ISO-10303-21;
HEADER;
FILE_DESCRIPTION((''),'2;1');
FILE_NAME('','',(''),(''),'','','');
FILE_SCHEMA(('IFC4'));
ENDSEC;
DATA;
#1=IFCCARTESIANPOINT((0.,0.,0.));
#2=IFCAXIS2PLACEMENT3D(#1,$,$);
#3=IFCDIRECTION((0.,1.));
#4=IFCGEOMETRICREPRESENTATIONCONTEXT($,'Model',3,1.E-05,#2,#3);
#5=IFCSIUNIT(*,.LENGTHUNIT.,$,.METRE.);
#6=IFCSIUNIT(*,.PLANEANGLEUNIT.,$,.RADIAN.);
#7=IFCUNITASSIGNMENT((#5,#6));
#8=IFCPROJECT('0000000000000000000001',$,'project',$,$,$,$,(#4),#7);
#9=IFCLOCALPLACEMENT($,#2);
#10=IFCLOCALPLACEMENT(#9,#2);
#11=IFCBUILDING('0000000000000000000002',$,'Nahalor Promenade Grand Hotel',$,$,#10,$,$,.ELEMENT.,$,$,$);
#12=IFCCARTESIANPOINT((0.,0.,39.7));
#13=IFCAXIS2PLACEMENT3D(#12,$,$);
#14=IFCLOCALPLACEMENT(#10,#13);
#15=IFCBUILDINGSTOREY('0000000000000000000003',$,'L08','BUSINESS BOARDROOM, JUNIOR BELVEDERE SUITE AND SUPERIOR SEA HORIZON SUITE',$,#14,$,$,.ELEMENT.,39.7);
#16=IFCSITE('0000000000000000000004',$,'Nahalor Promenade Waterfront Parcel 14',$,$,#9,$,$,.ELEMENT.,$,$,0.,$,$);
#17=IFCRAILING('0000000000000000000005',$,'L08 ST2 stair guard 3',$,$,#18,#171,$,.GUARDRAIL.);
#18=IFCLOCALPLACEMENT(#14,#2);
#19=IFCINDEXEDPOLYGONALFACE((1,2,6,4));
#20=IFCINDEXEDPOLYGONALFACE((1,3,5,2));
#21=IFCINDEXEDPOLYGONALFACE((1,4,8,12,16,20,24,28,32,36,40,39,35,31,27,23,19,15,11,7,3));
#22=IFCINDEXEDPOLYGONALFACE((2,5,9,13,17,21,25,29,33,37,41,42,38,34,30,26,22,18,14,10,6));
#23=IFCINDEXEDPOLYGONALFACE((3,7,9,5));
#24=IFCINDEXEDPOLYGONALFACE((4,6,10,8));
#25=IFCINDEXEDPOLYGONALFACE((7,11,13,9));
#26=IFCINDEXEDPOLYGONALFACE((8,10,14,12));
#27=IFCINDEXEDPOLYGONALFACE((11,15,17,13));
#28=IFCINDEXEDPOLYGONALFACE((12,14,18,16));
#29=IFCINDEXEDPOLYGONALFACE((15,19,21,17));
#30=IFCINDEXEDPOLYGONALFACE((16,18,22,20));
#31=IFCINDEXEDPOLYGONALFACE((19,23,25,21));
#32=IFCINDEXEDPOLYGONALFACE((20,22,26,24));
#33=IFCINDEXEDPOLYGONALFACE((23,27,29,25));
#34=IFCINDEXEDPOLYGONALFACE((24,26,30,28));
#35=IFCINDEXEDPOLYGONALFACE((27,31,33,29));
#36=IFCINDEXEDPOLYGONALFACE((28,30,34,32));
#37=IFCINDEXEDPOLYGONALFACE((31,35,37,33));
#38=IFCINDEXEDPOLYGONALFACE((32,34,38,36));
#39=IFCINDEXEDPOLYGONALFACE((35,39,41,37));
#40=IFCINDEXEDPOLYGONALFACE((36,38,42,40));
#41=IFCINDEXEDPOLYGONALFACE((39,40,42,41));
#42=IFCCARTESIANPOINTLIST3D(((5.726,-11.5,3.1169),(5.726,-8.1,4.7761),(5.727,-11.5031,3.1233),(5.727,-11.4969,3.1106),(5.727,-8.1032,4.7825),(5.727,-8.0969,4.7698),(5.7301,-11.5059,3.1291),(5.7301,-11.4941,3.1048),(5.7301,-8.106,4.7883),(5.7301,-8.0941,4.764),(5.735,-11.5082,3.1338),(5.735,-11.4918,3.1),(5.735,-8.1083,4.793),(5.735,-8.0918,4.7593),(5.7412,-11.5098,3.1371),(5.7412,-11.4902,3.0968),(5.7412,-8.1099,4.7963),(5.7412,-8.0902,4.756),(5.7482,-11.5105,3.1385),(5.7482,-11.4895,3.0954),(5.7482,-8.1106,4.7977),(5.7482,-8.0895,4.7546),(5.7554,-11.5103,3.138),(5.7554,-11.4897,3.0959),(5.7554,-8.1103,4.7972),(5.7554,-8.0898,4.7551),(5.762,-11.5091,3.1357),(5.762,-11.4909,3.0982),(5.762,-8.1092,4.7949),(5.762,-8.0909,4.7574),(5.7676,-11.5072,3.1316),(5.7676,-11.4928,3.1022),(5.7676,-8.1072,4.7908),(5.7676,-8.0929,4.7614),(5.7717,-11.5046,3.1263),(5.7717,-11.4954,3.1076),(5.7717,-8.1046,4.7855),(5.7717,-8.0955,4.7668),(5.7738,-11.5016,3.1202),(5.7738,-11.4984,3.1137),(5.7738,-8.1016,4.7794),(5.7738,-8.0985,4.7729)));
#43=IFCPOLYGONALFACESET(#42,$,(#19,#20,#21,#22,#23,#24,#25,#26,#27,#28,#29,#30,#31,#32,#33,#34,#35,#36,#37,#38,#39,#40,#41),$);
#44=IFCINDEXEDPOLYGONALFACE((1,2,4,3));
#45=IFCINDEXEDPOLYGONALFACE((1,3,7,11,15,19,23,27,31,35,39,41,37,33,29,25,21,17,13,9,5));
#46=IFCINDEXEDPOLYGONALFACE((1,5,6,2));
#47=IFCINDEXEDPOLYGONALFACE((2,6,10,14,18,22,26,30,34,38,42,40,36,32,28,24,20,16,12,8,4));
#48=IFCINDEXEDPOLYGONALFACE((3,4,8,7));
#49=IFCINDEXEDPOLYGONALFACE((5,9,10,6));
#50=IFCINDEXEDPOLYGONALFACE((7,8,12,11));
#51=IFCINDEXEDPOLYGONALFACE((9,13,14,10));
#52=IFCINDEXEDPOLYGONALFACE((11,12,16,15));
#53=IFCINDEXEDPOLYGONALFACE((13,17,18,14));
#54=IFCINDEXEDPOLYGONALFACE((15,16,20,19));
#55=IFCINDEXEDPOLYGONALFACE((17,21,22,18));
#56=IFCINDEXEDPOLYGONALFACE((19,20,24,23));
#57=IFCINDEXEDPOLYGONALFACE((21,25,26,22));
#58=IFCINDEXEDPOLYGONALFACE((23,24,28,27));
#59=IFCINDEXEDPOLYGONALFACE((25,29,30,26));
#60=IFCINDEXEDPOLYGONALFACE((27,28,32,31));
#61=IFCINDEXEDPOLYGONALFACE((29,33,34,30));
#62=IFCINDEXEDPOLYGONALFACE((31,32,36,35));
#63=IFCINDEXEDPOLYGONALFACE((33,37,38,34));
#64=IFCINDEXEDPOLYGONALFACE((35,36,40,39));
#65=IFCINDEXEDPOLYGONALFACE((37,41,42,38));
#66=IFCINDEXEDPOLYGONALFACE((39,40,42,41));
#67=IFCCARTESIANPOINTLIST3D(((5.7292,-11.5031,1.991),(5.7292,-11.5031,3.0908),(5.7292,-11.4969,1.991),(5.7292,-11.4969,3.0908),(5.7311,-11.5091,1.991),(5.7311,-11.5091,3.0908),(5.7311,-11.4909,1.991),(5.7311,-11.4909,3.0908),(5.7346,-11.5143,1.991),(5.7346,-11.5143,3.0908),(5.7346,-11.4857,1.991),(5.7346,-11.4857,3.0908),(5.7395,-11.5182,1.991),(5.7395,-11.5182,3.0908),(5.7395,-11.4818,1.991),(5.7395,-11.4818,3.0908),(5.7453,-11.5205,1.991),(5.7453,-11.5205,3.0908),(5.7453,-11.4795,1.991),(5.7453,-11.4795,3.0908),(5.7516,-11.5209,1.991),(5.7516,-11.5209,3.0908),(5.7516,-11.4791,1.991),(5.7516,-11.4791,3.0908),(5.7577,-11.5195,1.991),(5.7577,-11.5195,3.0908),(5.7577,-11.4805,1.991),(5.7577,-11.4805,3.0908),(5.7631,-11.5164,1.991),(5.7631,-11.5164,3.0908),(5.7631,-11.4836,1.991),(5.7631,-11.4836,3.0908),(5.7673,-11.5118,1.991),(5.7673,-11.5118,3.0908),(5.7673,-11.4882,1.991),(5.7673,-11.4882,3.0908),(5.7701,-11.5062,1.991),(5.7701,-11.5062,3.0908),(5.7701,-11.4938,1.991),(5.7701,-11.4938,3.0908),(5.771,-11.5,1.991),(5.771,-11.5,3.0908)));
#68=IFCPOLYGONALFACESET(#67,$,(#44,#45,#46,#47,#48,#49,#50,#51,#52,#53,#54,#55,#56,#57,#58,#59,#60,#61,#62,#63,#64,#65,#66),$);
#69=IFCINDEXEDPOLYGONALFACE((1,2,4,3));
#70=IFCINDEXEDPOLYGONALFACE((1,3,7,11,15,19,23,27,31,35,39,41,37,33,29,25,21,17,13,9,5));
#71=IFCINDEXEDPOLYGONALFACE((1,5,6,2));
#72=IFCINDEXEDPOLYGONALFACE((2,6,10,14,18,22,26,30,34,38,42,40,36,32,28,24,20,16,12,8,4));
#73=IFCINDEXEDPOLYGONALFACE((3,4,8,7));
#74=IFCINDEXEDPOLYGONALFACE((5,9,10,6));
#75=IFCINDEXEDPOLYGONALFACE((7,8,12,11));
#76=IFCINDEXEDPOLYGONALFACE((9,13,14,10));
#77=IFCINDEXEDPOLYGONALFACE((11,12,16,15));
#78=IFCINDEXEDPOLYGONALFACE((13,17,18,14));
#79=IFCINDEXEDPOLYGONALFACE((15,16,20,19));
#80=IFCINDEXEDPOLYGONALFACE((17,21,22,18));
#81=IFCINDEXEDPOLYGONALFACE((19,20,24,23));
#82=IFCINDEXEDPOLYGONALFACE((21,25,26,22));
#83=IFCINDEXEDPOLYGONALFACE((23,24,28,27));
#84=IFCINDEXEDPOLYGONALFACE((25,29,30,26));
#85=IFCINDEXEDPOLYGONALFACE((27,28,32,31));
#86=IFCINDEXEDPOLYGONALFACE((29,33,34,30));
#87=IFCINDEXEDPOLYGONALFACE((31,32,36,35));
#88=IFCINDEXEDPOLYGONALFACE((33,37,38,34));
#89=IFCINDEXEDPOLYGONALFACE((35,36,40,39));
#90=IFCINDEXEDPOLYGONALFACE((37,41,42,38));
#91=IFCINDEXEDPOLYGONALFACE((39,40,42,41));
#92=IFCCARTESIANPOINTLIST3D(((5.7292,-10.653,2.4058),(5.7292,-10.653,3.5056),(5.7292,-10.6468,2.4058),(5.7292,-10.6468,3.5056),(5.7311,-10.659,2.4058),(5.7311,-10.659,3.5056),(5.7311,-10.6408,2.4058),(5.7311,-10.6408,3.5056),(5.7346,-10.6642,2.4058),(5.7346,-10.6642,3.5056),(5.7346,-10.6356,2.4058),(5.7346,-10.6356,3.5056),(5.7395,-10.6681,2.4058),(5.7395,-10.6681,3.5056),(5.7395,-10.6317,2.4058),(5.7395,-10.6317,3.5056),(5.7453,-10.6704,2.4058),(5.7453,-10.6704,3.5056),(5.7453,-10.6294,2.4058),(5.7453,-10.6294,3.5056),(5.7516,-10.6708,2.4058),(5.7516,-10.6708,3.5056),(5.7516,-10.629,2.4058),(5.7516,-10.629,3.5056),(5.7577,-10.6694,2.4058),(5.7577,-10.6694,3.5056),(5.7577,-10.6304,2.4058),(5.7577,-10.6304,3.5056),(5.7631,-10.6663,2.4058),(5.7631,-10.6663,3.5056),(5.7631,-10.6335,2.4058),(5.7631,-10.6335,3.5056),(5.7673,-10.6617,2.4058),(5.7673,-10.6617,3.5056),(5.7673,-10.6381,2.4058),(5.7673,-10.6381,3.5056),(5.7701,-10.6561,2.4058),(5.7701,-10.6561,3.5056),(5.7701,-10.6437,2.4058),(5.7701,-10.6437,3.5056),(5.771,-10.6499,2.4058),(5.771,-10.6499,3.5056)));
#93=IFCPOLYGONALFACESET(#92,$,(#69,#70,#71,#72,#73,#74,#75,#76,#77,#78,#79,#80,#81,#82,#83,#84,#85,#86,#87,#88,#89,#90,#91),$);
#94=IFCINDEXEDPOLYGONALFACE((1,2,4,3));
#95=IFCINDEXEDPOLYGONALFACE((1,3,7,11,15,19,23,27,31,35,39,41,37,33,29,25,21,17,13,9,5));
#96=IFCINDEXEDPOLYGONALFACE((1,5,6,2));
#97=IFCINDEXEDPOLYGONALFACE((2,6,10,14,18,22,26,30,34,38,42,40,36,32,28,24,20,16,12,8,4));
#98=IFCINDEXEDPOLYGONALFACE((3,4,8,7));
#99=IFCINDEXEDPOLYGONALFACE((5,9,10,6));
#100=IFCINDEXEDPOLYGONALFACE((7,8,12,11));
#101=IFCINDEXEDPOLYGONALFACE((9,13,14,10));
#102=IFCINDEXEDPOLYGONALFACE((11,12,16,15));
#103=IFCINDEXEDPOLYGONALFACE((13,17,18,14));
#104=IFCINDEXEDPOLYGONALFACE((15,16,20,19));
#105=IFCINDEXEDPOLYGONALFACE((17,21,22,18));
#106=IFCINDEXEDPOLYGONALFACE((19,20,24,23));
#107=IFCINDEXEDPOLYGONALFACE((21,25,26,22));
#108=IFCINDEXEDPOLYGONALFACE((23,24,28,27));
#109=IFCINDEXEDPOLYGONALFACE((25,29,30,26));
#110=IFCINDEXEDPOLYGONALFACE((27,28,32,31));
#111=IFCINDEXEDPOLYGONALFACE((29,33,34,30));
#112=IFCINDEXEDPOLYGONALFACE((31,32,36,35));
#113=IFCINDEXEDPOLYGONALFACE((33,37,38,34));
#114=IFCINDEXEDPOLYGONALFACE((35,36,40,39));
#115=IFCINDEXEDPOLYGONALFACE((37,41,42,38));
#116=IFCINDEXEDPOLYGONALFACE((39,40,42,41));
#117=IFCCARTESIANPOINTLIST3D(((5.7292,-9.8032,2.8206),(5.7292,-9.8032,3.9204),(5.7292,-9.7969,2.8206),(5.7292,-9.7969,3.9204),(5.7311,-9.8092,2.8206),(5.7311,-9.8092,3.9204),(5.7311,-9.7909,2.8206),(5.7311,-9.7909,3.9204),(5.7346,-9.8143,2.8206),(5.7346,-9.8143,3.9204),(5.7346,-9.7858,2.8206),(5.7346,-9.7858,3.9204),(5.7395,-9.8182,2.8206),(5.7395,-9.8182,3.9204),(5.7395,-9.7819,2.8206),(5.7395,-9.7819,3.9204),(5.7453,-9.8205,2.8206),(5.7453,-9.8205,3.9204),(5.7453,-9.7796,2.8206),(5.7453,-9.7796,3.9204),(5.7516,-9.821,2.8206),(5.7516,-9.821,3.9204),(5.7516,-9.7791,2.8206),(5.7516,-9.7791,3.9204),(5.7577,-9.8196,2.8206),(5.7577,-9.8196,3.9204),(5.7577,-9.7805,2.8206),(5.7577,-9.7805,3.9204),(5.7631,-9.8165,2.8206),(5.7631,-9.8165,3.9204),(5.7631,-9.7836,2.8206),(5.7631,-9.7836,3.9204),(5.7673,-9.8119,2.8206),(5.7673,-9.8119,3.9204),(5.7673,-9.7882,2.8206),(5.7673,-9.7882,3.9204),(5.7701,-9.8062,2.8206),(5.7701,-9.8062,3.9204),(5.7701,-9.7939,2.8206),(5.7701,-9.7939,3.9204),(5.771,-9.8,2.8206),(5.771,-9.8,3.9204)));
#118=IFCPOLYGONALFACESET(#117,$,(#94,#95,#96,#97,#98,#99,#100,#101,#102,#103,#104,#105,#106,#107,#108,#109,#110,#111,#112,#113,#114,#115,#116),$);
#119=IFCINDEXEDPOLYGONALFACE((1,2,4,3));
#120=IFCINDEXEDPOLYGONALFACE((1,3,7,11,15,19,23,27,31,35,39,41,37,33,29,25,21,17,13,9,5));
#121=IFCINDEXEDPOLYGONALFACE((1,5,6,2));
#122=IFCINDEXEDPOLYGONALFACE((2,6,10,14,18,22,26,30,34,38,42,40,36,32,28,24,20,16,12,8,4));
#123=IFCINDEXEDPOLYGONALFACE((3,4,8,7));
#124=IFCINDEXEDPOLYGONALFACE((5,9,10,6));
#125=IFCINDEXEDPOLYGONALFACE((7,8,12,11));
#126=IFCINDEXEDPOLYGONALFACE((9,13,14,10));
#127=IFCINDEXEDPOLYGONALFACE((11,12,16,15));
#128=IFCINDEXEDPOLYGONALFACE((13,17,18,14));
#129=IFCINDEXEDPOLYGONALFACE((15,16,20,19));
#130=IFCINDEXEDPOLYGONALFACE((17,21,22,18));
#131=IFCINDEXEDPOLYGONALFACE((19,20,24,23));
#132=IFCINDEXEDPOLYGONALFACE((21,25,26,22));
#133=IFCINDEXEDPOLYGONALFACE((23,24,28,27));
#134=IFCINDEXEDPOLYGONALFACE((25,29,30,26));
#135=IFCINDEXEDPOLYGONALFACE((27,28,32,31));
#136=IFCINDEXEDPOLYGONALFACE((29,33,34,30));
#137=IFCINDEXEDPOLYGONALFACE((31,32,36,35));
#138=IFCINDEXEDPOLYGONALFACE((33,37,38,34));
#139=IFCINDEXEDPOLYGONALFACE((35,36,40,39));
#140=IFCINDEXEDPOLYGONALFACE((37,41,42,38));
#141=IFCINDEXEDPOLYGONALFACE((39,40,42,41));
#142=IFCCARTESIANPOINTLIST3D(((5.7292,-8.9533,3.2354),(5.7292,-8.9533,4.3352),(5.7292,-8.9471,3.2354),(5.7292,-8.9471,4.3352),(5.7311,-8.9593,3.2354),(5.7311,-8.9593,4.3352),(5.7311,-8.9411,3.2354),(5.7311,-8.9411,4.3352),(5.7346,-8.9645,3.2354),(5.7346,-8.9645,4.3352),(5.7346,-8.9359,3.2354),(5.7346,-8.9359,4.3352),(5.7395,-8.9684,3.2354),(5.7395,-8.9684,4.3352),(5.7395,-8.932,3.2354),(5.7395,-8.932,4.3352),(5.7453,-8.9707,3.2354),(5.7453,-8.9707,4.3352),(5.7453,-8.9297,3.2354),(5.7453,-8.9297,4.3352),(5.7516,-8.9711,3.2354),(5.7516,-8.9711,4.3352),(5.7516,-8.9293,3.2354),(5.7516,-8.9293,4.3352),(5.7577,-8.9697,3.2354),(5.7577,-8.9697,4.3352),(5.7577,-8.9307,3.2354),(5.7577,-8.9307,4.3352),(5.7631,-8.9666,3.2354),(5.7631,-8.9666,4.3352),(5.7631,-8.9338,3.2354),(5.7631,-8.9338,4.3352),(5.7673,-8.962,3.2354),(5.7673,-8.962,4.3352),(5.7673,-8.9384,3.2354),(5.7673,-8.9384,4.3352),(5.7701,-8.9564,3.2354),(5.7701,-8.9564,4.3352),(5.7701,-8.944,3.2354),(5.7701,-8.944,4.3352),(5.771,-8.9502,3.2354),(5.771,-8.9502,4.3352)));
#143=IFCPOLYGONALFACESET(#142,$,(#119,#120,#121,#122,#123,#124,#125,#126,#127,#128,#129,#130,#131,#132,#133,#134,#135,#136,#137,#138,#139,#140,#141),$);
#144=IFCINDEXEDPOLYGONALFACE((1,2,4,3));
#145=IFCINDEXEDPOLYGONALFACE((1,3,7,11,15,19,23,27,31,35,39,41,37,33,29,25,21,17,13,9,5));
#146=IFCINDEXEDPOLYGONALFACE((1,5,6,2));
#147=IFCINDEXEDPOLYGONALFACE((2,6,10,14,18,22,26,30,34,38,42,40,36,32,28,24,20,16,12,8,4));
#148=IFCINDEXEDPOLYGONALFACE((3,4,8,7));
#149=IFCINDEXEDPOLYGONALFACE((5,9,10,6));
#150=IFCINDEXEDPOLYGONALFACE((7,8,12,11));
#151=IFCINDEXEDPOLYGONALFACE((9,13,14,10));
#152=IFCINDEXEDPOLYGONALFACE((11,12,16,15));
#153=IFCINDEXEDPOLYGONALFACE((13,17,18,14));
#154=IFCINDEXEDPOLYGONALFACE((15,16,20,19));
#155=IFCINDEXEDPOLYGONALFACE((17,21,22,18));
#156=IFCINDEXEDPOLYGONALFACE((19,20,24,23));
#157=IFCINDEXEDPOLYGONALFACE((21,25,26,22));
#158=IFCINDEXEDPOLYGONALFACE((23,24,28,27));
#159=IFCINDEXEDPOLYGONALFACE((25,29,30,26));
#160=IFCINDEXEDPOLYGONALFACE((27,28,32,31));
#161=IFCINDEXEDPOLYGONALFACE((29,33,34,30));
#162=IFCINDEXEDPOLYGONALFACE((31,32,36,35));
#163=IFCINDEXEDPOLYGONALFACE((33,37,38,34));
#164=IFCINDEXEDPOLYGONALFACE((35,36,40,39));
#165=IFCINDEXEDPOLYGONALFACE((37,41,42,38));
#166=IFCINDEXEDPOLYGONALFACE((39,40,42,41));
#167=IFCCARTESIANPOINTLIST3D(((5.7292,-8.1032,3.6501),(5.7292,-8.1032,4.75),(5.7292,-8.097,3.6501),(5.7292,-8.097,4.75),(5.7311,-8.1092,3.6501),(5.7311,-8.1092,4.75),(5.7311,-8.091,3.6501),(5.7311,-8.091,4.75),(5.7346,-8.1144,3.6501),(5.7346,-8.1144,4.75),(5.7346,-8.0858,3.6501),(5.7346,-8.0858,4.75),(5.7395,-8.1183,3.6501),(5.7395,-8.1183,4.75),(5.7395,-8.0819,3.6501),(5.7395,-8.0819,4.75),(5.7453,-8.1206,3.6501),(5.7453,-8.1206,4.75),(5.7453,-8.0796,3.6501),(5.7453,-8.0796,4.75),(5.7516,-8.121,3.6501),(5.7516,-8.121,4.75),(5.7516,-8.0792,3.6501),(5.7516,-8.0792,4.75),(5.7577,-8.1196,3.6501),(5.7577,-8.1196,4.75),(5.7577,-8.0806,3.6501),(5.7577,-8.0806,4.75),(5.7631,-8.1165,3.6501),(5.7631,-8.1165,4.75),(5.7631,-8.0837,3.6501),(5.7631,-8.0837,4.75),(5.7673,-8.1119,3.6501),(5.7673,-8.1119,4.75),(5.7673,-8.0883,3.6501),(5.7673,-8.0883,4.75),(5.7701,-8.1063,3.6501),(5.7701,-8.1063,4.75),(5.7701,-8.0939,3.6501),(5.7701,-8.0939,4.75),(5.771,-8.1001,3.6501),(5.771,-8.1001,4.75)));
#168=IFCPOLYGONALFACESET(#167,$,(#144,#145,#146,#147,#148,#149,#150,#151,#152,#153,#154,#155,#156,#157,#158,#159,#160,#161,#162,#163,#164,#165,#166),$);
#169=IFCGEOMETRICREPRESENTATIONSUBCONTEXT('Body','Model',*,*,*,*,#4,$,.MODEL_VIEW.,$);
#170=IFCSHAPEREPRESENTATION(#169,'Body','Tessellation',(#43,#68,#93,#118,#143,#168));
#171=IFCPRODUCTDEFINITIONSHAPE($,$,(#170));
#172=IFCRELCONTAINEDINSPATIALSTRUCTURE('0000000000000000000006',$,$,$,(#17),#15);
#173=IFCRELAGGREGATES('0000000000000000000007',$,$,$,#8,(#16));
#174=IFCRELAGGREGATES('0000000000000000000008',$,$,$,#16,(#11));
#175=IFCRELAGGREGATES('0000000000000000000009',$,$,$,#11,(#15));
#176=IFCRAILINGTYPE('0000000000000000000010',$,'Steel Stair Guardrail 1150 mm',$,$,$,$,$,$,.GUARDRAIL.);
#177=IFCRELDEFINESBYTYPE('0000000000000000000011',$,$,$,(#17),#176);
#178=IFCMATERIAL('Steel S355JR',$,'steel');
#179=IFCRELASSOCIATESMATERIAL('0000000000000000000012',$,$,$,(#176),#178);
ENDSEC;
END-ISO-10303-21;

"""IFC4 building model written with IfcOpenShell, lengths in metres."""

from ifc_helpers import new_model, si_unit, direction, frame, origin, origin_2d, place, context, subcontext, project, spatial, circle, extrude, material, type_object, element, save


model = new_model("IFC4")

# Units and contexts
model_context = context("Model", 3, precision=1e-05, world=origin(), true_north=direction((0.0, 1.0)))
body_context = subcontext(model_context, "Body", "Model", "MODEL_VIEW")
ifc_project = project(units=[si_unit("LENGTHUNIT", "METRE"), si_unit("PLANEANGLEUNIT", "RADIAN")], contexts=[model_context])

# Site, building, storey
site_placement = place(None, origin())
site = spatial("IfcSite", under=ifc_project, at=site_placement, Name="Nahalor Promenade Waterfront Parcel 14", CompositionType="ELEMENT", RefElevation=0.0)
building_placement = place(site_placement, origin())
building = spatial("IfcBuilding", under=site, at=building_placement, Name="Nahalor Promenade Grand Hotel", CompositionType="ELEMENT")
storey_placement = place(building_placement, frame((0.0, 0.0, 39.7)))
storey = spatial("IfcBuildingStorey", under=building, at=storey_placement, Name="L08", Description="BUSINESS BOARDROOM, JUNIOR BELVEDERE SUITE AND SUPERIOR SEA HORIZON SUITE", CompositionType="ELEMENT", Elevation=39.7)

# Shared definitions
ifc_material_1 = material(Name="Steel S355JR", Category="steel")

# Railing
railing_type_1 = type_object("IfcRailingType", Name="Steel Stair Guardrail 1150 mm", PredefinedType="GUARDRAIL", material=ifc_material_1)
railing_1_placement = place(storey_placement, frame((5.75, -11.5, 1.991)))
element("IfcRailing", 1, at=railing_1_placement, inside=storey, type_object=railing_type_1, Name="L08 ST2 stair guard 3", PredefinedType="GUARDRAIL", context=body_context, shape_type="SweptSolid", body=[
    extrude(circle(Radius=0.024, at=origin_2d()), frame((0.0, 0.0, 1.126), z_axis=(0.0, 0.898696, 0.438571), x_axis=(-1.0, 0.0, 0.0)), (0.0, 0.0, 1.0), 3.7832),
    extrude(circle(Radius=0.021, at=origin_2d()), origin(), (0.0, 0.0, 1.0), 1.0999),
    extrude(circle(Radius=0.021, at=origin_2d()), frame((0.0, 0.8501, 0.4148)), (0.0, 0.0, 1.0), 1.0999),
    extrude(circle(Radius=0.021, at=origin_2d()), frame((0.0, 1.7, 0.8296)), (0.0, 0.0, 1.0), 1.0999),
    extrude(circle(Radius=0.021, at=origin_2d()), frame((0.0, 2.5498, 1.2444)), (0.0, 0.0, 1.0), 1.0999),
    extrude(circle(Radius=0.021, at=origin_2d()), frame((0.0, 3.3999, 1.6592)), (0.0, 0.0, 1.0), 1.0999),
])

save(model, "model.ifc")
